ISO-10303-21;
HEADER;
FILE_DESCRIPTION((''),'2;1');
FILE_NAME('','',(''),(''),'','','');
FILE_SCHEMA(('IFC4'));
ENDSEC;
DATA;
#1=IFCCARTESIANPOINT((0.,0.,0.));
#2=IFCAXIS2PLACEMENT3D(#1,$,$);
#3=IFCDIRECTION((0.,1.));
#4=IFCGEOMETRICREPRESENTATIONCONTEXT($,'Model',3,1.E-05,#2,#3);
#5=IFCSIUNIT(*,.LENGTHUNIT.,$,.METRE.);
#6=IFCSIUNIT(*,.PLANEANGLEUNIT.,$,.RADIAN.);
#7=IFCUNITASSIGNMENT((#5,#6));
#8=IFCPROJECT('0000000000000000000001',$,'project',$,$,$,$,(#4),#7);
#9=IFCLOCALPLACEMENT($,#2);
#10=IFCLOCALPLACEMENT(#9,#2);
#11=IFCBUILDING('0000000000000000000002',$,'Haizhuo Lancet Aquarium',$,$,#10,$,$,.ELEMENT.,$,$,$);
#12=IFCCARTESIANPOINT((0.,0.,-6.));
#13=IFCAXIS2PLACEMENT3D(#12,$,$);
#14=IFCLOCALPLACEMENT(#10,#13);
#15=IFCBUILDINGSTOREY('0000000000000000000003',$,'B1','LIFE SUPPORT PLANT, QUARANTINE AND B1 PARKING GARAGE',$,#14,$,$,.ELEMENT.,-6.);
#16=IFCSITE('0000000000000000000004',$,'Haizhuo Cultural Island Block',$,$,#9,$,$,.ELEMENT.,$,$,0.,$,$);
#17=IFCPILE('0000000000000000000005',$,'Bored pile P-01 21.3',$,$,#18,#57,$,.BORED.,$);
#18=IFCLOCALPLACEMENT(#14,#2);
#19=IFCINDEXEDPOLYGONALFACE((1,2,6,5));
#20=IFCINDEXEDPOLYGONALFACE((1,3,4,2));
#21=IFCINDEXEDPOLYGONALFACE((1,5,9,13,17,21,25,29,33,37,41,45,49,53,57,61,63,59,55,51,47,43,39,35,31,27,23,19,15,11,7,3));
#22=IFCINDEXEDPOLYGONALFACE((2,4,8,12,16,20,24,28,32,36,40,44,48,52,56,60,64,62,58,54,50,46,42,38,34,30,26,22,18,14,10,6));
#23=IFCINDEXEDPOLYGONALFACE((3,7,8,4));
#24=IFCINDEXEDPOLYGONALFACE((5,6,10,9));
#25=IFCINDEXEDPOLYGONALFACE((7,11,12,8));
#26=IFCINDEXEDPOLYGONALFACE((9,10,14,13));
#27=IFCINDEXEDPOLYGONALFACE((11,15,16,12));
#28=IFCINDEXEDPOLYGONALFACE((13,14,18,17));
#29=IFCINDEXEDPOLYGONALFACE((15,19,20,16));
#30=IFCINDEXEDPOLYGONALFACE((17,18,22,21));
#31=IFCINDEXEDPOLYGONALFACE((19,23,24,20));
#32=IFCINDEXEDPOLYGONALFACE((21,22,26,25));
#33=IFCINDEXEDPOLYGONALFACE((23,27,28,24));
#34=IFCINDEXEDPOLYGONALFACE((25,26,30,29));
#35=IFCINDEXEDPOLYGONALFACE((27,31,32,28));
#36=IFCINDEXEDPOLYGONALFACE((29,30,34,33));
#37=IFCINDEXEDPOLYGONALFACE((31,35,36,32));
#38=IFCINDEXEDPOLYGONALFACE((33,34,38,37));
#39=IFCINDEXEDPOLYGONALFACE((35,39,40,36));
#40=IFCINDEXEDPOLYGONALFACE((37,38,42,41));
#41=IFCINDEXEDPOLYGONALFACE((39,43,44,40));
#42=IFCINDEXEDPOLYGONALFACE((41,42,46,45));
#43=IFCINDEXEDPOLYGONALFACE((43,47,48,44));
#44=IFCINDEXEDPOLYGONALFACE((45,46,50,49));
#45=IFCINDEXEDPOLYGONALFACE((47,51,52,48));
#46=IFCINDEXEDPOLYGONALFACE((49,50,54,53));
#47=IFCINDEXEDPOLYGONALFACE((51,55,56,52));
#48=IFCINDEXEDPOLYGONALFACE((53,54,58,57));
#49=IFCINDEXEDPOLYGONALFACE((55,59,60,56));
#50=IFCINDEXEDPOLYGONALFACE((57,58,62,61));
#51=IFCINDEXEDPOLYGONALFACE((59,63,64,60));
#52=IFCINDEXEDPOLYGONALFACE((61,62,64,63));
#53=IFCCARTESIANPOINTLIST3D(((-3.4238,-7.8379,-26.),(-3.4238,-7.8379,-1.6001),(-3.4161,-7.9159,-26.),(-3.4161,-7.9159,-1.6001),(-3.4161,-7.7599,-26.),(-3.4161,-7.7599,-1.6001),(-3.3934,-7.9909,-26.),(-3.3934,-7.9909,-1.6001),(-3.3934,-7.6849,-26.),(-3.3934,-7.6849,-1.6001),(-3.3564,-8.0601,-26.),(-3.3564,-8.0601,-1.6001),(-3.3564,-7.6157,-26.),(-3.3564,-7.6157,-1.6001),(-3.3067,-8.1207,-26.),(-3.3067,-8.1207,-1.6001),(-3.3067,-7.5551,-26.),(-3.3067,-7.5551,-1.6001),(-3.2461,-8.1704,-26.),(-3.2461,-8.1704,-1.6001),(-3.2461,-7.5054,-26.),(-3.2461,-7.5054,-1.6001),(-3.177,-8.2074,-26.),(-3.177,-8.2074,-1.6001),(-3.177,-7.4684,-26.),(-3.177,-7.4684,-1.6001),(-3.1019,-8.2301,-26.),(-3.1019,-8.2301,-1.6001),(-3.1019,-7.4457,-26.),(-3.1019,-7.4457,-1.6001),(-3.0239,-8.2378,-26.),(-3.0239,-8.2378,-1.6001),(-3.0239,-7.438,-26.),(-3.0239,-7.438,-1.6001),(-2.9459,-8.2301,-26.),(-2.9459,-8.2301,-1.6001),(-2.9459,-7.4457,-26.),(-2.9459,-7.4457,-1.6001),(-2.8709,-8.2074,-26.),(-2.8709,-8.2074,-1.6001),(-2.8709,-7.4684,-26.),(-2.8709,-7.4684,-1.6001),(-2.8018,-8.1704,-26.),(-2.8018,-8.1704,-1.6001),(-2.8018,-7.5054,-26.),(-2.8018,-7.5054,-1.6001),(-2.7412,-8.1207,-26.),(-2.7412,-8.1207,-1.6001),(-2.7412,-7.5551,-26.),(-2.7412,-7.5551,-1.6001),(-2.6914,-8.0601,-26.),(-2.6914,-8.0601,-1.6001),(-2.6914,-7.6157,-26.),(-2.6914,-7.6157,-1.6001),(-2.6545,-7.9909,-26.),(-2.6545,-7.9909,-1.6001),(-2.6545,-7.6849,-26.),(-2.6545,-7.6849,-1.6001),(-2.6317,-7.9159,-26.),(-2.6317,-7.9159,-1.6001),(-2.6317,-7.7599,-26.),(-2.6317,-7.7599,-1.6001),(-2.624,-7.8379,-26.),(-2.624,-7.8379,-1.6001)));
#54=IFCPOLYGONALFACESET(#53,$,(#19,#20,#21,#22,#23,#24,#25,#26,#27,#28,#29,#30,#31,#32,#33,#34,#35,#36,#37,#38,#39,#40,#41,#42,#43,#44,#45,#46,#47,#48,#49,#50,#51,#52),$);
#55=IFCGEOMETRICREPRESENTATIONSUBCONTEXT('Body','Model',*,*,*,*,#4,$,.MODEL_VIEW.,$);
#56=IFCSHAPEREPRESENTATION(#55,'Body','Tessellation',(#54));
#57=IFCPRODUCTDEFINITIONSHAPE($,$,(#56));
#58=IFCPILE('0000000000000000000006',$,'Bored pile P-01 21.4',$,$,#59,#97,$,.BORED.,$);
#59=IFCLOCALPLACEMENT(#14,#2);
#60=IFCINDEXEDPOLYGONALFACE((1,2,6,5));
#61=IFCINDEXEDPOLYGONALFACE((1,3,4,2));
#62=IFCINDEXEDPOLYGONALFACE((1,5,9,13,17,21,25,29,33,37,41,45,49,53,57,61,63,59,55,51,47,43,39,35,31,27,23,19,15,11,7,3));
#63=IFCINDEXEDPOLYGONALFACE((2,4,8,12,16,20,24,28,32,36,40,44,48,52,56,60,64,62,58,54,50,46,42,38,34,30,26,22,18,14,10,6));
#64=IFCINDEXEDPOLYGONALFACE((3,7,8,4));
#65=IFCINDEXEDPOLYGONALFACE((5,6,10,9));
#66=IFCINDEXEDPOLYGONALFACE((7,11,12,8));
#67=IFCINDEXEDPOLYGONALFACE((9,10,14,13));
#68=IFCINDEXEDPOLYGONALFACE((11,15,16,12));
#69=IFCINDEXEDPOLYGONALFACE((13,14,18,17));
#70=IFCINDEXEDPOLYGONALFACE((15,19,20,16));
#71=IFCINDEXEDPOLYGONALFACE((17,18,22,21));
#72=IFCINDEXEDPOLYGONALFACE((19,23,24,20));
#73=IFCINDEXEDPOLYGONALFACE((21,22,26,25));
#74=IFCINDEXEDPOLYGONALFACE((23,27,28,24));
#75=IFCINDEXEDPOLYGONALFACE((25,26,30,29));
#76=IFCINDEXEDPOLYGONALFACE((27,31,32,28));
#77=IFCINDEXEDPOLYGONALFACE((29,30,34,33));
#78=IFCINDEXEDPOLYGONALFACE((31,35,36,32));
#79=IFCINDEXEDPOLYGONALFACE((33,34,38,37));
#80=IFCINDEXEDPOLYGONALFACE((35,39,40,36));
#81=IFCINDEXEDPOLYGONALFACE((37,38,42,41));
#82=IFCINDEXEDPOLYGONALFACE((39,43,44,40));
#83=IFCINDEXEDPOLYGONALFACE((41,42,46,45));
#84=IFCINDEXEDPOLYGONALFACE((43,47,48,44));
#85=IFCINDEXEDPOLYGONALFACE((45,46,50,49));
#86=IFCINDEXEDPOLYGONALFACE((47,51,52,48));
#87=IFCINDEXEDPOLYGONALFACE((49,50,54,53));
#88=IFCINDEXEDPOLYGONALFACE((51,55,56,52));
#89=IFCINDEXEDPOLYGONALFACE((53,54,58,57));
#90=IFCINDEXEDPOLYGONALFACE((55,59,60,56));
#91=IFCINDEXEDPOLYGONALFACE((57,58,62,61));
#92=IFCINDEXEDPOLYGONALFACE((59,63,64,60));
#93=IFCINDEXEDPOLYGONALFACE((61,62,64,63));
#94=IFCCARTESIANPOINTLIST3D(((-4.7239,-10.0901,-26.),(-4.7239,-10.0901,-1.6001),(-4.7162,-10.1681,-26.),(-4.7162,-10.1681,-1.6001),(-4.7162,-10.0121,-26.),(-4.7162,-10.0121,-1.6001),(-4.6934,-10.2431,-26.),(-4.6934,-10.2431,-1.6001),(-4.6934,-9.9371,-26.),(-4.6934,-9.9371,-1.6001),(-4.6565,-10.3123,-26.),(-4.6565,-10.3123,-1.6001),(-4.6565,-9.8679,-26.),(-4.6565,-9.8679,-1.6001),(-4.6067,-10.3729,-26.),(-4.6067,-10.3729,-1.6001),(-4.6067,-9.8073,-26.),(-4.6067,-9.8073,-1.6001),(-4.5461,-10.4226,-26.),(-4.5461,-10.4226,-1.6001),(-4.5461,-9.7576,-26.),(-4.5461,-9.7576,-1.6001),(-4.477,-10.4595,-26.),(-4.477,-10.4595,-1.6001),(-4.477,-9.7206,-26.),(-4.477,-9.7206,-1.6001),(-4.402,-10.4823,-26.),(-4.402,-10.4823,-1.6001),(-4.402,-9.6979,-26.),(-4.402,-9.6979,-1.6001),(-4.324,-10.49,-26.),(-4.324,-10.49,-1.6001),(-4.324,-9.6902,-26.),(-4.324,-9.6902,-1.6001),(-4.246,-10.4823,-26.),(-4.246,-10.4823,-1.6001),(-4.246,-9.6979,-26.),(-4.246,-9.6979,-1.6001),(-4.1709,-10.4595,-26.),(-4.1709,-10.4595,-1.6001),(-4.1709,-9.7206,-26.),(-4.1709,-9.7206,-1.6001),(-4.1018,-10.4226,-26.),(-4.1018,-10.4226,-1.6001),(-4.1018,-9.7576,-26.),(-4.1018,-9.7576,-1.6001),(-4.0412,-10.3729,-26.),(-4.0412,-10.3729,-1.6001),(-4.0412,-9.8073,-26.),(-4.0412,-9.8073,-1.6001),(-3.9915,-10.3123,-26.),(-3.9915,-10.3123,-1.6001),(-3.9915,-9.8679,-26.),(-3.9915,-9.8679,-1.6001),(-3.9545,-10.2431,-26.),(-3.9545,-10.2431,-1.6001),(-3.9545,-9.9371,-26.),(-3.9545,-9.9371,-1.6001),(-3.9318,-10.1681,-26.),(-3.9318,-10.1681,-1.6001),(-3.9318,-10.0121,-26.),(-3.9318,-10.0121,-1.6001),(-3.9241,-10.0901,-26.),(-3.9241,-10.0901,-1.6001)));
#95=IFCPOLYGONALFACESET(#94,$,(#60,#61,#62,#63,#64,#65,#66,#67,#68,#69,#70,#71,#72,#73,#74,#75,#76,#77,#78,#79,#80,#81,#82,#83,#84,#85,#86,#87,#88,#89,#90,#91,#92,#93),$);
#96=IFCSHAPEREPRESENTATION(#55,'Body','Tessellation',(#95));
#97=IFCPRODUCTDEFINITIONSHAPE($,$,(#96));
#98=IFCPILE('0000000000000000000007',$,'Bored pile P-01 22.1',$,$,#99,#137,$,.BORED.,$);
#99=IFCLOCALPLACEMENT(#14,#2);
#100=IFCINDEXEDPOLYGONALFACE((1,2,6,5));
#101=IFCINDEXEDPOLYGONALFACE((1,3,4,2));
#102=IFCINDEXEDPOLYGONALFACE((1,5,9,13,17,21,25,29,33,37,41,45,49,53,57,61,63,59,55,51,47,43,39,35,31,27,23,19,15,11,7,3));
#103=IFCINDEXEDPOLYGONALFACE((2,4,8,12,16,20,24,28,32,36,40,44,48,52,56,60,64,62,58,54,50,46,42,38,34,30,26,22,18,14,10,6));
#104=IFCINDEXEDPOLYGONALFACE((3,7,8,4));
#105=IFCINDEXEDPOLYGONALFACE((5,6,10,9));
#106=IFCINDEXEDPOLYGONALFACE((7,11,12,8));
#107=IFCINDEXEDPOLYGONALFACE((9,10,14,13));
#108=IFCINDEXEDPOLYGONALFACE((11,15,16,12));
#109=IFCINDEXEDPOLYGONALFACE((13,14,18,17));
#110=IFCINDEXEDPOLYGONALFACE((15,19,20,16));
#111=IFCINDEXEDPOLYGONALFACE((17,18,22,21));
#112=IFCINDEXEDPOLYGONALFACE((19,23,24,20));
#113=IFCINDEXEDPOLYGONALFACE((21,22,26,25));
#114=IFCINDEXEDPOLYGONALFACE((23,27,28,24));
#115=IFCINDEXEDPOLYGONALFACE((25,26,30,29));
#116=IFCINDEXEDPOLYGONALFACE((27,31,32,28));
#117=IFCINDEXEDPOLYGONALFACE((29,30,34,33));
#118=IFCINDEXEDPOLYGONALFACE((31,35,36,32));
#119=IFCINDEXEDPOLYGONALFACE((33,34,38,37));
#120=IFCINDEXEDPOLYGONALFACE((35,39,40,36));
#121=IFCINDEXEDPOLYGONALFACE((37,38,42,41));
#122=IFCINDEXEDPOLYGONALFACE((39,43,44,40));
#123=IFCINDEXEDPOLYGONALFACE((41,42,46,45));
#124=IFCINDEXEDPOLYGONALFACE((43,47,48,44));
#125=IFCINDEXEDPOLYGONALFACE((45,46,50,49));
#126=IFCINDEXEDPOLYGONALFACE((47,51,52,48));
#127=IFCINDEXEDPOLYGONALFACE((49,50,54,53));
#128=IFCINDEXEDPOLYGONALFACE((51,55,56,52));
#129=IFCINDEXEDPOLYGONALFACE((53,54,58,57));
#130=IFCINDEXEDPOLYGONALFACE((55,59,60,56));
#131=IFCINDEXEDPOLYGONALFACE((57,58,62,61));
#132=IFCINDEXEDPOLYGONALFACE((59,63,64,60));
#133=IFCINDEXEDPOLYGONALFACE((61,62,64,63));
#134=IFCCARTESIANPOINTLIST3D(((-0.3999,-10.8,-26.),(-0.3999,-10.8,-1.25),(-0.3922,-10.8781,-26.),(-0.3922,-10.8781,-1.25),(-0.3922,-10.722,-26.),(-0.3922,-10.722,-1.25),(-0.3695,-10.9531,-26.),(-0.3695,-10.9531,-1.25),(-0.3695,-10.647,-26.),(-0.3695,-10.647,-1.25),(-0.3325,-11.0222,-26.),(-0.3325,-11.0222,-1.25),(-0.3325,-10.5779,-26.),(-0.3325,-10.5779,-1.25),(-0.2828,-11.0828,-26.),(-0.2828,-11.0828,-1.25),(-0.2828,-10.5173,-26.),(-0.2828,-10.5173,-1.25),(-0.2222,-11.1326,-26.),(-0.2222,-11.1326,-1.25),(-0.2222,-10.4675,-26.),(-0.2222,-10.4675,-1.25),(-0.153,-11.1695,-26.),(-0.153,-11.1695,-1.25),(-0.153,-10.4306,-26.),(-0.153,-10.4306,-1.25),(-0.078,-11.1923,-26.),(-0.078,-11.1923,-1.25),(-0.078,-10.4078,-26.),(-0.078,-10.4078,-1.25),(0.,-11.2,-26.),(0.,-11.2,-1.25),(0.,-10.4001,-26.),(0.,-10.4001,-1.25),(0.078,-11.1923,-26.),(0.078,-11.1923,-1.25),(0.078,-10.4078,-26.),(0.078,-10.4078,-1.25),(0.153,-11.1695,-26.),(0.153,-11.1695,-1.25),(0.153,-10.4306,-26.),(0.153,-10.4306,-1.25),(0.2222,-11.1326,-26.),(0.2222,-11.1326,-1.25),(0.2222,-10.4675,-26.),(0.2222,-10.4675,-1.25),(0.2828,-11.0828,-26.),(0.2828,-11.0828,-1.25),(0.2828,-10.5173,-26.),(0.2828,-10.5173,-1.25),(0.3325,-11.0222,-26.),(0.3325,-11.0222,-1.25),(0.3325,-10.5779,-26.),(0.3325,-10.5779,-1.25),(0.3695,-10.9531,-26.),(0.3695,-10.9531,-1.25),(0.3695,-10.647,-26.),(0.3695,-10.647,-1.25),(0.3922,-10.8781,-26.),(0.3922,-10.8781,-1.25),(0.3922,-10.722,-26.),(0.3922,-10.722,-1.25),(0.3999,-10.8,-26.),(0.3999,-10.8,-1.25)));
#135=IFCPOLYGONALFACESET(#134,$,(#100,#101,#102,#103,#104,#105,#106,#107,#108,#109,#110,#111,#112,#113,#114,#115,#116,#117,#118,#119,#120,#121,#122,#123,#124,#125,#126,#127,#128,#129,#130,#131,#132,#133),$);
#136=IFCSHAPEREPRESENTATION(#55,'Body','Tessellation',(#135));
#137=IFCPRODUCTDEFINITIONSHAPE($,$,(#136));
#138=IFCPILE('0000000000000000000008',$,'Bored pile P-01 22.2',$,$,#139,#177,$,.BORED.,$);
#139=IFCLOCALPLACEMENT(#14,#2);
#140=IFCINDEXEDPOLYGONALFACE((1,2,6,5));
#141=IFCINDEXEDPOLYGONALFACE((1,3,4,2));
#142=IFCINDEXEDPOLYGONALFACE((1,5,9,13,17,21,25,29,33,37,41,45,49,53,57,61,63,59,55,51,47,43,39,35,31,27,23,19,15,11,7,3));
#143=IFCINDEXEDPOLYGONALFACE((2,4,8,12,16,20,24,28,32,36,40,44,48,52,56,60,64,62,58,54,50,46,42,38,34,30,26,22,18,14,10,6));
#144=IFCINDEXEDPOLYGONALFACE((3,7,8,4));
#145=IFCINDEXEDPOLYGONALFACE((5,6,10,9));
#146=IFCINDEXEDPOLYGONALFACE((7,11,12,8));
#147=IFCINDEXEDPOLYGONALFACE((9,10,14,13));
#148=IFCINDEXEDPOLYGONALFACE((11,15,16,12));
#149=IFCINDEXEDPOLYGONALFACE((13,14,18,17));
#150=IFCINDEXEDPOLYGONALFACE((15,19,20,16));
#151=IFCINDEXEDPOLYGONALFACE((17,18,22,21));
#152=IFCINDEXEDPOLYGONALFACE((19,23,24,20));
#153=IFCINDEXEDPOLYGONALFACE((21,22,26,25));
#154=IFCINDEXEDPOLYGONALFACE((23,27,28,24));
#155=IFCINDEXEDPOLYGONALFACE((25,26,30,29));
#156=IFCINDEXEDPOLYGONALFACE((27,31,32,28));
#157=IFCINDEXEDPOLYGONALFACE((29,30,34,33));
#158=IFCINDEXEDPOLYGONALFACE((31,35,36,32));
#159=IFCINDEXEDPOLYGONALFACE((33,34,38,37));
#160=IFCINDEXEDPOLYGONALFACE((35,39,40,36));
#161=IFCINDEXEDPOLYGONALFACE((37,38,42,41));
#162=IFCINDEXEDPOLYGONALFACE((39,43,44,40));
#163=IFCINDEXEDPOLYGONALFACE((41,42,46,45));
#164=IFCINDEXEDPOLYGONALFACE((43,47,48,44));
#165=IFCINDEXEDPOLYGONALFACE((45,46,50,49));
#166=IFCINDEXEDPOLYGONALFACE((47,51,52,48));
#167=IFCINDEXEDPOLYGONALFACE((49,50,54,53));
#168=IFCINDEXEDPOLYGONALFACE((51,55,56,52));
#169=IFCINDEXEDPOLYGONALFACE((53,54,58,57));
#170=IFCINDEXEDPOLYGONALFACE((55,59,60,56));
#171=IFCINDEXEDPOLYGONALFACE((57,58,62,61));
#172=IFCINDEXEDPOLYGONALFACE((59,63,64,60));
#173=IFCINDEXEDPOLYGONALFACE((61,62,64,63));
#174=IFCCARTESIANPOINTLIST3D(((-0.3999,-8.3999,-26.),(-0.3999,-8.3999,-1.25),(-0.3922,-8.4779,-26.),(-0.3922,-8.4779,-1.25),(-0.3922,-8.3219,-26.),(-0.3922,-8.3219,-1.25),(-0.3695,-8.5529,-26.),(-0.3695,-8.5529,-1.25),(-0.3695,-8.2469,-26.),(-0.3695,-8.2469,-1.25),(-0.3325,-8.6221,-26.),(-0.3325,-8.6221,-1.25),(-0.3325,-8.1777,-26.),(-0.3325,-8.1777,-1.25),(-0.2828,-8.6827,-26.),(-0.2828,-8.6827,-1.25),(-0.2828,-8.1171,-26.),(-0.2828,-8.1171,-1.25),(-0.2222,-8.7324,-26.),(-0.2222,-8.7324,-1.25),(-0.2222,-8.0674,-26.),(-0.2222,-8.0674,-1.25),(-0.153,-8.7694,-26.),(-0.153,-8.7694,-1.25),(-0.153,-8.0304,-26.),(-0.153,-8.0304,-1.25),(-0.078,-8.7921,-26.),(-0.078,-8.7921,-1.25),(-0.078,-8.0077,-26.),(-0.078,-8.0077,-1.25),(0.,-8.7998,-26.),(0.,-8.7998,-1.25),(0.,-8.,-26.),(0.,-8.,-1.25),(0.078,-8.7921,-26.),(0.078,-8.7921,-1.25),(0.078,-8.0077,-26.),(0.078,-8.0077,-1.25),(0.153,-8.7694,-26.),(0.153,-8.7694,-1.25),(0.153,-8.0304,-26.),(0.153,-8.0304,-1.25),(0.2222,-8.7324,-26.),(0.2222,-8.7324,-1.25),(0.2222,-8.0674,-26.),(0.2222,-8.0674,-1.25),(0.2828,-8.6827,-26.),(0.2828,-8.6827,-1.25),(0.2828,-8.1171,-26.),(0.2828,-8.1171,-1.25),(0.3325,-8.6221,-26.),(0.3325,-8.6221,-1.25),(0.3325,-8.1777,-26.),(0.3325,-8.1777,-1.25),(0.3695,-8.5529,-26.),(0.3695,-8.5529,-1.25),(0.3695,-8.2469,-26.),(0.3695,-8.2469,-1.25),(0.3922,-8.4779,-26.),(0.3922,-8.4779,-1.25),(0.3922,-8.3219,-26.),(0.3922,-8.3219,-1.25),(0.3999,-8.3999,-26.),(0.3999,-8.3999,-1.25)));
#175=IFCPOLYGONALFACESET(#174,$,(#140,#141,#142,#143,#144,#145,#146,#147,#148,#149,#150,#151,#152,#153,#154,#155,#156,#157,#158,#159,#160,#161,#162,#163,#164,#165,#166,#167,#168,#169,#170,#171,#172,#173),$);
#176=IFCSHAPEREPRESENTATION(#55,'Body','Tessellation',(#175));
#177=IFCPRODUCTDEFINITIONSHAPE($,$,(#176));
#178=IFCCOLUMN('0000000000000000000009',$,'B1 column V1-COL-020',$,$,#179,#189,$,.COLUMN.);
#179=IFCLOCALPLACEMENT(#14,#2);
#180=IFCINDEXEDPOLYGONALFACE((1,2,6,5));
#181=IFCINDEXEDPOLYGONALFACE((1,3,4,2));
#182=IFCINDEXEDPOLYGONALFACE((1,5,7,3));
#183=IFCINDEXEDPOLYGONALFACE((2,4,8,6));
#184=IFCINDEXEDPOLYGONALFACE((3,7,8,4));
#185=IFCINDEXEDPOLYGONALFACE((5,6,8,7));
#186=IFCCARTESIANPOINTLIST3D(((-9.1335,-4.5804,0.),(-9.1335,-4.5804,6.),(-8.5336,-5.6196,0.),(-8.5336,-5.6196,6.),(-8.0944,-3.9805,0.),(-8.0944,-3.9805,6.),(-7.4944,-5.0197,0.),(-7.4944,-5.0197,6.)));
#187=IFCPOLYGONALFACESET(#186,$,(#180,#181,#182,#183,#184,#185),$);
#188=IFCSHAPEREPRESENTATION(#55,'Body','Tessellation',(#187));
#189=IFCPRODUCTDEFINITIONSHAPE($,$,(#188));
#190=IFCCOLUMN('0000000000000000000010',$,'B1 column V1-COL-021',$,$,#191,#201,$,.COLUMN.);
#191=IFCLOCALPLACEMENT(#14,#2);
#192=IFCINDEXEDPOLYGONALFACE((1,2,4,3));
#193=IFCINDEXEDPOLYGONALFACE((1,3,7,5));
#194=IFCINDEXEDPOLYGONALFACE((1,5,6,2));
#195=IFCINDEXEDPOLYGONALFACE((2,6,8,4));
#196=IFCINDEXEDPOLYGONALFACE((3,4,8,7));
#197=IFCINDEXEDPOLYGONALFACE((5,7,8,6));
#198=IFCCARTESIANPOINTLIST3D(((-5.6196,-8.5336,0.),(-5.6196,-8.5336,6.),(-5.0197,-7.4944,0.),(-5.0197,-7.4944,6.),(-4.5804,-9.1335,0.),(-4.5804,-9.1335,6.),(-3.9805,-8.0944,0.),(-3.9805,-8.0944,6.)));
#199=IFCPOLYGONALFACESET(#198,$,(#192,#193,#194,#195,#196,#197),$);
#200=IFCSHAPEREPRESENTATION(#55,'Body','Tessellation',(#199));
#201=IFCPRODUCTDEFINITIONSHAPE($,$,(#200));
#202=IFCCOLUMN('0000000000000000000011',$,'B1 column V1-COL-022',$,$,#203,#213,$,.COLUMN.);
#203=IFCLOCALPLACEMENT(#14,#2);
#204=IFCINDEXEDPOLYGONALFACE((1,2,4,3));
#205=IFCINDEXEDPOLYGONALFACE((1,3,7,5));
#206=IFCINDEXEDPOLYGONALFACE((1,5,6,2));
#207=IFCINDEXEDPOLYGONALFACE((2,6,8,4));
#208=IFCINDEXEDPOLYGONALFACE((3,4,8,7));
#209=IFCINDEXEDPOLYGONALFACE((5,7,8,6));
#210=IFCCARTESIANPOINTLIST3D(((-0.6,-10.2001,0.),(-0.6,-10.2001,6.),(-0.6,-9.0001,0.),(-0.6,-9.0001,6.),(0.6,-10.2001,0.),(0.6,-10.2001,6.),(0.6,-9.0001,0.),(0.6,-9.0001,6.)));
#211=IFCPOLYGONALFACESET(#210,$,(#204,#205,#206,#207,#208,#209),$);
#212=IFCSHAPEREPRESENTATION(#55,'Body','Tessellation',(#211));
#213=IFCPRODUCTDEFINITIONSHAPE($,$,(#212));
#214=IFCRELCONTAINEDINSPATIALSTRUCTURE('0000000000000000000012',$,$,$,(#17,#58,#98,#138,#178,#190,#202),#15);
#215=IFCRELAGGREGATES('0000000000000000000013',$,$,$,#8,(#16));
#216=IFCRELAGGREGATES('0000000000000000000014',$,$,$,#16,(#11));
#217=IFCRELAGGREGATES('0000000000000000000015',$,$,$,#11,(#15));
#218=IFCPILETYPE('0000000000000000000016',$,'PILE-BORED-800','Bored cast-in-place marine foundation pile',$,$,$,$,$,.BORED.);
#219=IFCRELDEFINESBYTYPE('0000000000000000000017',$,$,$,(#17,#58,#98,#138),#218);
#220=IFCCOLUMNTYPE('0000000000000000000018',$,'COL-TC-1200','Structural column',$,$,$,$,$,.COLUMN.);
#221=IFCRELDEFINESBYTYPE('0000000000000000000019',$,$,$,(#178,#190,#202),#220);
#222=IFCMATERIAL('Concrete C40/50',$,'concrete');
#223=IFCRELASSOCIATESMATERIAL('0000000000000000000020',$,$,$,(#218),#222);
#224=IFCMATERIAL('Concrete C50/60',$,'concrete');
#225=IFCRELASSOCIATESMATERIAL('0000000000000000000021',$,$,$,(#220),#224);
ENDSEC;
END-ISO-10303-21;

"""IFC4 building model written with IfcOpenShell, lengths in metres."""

from ifc_helpers import new_model, si_unit, direction, frame, origin, origin_2d, place, context, subcontext, project, spatial, rectangle, circle, extrude, material, material_profile, profile_set, type_object, element, save


model = new_model("IFC4")

# Units and contexts
model_context = context("Model", 3, precision=1e-05, world=origin(), true_north=direction((0.0, 1.0)))
body_context = subcontext(model_context, "Body", "Model", "MODEL_VIEW")
ifc_project = project(units=[si_unit("LENGTHUNIT", "METRE"), si_unit("PLANEANGLEUNIT", "RADIAN")], contexts=[model_context])

# Site, building, storey
site_placement = place(None, origin())
site = spatial("IfcSite", under=ifc_project, at=site_placement, Name="Haizhuo Cultural Island Block", CompositionType="ELEMENT", RefElevation=0.0)
building_placement = place(site_placement, origin())
building = spatial("IfcBuilding", under=site, at=building_placement, Name="Haizhuo Lancet Aquarium", CompositionType="ELEMENT")
storey_placement = place(building_placement, frame((0.0, 0.0, -6.0)))
storey = spatial("IfcBuildingStorey", under=building, at=storey_placement, Name="B1", Description="LIFE SUPPORT PLANT, QUARANTINE AND B1 PARKING GARAGE", CompositionType="ELEMENT", Elevation=-6.0)

# Shared definitions
ifc_material_1 = material(Name="Concrete C40/50", Category="concrete")

# Piles
ifc_material_profile_1 = material_profile(ifc_material_1, circle(Radius=0.3999, at=origin_2d()), Name="PILE-800")
ifc_profile_set_1 = profile_set([ifc_material_profile_1], Name="Concrete C40/50")
pile_type_1 = type_object("IfcPileType", Name="PILE-BORED-800", Description="Bored cast-in-place marine foundation pile", PredefinedType="BORED", material=ifc_profile_set_1)
for number, where, z_axis, x_axis, name in (
    (1, (-3.0239, -7.8379, -1.6001), (0.0, 0.0, -1.0), (1.0, 0.0, 0.0), "Bored pile P-01 21.3"),
    (2, (-4.324, -10.0901, -1.6001), (0.0, 0.0, -1.0), (1.0, 0.0, 0.0), "Bored pile P-01 21.4"),
):
    element("IfcPile", number, at=place(storey_placement, frame(where, z_axis=z_axis, x_axis=x_axis)), inside=storey, type_object=pile_type_1, Name=name, PredefinedType="BORED", context=body_context, shape_type="SweptSolid", body=[
        extrude(circle(Radius=0.3999, at=origin_2d()), origin(), (0.0, 0.0, 1.0), 24.3999),
    ])
for number, where, z_axis, x_axis, name in (
    (3, (0.0, -10.8, -1.25), (0.0, 0.0, -1.0), (1.0, 0.0, 0.0), "Bored pile P-01 22.1"),
    (4, (0.0, -8.3999, -1.25), (0.0, 0.0, -1.0), (1.0, 0.0, 0.0), "Bored pile P-01 22.2"),
):
    element("IfcPile", number, at=place(storey_placement, frame(where, z_axis=z_axis, x_axis=x_axis)), inside=storey, type_object=pile_type_1, Name=name, PredefinedType="BORED", context=body_context, shape_type="SweptSolid", body=[
        extrude(circle(Radius=0.3999, at=origin_2d()), origin(), (0.0, 0.0, 1.0), 24.75),
    ])

# Columns
ifc_material_2 = material(Name="Concrete C50/60", Category="concrete")
ifc_material_profile_2 = material_profile(ifc_material_2, rectangle(XDim=1.2, YDim=1.2, at=origin_2d()), Name="RC-COL 1200x1200")
ifc_profile_set_2 = profile_set([ifc_material_profile_2], Name="Concrete C50/60")
column_type = type_object("IfcColumnType", Name="COL-TC-1200", Description="Structural column", PredefinedType="COLUMN", material=ifc_profile_set_2)
for number, where, z_axis, x_axis, name in (
    (5, (-8.314, -4.8, 0.0), (0.0, 0.0, 1.0), (-0.866025, -0.5, 0.0), "B1 column V1-COL-020"),
    (6, (-4.8, -8.314, 0.0), (0.0, 0.0, 1.0), (-0.5, -0.866025, 0.0), "B1 column V1-COL-021"),
    (7, (0.0, -9.6001, 0.0), (0.0, 0.0, 1.0), (0.0, -1.0, 0.0), "B1 column V1-COL-022"),
):
    element("IfcColumn", number, at=place(storey_placement, frame(where, z_axis=z_axis, x_axis=x_axis)), inside=storey, type_object=column_type, Name=name, PredefinedType="COLUMN", context=body_context, shape_type="SweptSolid", body=[
        extrude(rectangle(XDim=1.2, YDim=1.2, at=origin_2d()), origin(), (0.0, 0.0, 1.0), 6.0),
    ])

save(model, "model.ifc")
